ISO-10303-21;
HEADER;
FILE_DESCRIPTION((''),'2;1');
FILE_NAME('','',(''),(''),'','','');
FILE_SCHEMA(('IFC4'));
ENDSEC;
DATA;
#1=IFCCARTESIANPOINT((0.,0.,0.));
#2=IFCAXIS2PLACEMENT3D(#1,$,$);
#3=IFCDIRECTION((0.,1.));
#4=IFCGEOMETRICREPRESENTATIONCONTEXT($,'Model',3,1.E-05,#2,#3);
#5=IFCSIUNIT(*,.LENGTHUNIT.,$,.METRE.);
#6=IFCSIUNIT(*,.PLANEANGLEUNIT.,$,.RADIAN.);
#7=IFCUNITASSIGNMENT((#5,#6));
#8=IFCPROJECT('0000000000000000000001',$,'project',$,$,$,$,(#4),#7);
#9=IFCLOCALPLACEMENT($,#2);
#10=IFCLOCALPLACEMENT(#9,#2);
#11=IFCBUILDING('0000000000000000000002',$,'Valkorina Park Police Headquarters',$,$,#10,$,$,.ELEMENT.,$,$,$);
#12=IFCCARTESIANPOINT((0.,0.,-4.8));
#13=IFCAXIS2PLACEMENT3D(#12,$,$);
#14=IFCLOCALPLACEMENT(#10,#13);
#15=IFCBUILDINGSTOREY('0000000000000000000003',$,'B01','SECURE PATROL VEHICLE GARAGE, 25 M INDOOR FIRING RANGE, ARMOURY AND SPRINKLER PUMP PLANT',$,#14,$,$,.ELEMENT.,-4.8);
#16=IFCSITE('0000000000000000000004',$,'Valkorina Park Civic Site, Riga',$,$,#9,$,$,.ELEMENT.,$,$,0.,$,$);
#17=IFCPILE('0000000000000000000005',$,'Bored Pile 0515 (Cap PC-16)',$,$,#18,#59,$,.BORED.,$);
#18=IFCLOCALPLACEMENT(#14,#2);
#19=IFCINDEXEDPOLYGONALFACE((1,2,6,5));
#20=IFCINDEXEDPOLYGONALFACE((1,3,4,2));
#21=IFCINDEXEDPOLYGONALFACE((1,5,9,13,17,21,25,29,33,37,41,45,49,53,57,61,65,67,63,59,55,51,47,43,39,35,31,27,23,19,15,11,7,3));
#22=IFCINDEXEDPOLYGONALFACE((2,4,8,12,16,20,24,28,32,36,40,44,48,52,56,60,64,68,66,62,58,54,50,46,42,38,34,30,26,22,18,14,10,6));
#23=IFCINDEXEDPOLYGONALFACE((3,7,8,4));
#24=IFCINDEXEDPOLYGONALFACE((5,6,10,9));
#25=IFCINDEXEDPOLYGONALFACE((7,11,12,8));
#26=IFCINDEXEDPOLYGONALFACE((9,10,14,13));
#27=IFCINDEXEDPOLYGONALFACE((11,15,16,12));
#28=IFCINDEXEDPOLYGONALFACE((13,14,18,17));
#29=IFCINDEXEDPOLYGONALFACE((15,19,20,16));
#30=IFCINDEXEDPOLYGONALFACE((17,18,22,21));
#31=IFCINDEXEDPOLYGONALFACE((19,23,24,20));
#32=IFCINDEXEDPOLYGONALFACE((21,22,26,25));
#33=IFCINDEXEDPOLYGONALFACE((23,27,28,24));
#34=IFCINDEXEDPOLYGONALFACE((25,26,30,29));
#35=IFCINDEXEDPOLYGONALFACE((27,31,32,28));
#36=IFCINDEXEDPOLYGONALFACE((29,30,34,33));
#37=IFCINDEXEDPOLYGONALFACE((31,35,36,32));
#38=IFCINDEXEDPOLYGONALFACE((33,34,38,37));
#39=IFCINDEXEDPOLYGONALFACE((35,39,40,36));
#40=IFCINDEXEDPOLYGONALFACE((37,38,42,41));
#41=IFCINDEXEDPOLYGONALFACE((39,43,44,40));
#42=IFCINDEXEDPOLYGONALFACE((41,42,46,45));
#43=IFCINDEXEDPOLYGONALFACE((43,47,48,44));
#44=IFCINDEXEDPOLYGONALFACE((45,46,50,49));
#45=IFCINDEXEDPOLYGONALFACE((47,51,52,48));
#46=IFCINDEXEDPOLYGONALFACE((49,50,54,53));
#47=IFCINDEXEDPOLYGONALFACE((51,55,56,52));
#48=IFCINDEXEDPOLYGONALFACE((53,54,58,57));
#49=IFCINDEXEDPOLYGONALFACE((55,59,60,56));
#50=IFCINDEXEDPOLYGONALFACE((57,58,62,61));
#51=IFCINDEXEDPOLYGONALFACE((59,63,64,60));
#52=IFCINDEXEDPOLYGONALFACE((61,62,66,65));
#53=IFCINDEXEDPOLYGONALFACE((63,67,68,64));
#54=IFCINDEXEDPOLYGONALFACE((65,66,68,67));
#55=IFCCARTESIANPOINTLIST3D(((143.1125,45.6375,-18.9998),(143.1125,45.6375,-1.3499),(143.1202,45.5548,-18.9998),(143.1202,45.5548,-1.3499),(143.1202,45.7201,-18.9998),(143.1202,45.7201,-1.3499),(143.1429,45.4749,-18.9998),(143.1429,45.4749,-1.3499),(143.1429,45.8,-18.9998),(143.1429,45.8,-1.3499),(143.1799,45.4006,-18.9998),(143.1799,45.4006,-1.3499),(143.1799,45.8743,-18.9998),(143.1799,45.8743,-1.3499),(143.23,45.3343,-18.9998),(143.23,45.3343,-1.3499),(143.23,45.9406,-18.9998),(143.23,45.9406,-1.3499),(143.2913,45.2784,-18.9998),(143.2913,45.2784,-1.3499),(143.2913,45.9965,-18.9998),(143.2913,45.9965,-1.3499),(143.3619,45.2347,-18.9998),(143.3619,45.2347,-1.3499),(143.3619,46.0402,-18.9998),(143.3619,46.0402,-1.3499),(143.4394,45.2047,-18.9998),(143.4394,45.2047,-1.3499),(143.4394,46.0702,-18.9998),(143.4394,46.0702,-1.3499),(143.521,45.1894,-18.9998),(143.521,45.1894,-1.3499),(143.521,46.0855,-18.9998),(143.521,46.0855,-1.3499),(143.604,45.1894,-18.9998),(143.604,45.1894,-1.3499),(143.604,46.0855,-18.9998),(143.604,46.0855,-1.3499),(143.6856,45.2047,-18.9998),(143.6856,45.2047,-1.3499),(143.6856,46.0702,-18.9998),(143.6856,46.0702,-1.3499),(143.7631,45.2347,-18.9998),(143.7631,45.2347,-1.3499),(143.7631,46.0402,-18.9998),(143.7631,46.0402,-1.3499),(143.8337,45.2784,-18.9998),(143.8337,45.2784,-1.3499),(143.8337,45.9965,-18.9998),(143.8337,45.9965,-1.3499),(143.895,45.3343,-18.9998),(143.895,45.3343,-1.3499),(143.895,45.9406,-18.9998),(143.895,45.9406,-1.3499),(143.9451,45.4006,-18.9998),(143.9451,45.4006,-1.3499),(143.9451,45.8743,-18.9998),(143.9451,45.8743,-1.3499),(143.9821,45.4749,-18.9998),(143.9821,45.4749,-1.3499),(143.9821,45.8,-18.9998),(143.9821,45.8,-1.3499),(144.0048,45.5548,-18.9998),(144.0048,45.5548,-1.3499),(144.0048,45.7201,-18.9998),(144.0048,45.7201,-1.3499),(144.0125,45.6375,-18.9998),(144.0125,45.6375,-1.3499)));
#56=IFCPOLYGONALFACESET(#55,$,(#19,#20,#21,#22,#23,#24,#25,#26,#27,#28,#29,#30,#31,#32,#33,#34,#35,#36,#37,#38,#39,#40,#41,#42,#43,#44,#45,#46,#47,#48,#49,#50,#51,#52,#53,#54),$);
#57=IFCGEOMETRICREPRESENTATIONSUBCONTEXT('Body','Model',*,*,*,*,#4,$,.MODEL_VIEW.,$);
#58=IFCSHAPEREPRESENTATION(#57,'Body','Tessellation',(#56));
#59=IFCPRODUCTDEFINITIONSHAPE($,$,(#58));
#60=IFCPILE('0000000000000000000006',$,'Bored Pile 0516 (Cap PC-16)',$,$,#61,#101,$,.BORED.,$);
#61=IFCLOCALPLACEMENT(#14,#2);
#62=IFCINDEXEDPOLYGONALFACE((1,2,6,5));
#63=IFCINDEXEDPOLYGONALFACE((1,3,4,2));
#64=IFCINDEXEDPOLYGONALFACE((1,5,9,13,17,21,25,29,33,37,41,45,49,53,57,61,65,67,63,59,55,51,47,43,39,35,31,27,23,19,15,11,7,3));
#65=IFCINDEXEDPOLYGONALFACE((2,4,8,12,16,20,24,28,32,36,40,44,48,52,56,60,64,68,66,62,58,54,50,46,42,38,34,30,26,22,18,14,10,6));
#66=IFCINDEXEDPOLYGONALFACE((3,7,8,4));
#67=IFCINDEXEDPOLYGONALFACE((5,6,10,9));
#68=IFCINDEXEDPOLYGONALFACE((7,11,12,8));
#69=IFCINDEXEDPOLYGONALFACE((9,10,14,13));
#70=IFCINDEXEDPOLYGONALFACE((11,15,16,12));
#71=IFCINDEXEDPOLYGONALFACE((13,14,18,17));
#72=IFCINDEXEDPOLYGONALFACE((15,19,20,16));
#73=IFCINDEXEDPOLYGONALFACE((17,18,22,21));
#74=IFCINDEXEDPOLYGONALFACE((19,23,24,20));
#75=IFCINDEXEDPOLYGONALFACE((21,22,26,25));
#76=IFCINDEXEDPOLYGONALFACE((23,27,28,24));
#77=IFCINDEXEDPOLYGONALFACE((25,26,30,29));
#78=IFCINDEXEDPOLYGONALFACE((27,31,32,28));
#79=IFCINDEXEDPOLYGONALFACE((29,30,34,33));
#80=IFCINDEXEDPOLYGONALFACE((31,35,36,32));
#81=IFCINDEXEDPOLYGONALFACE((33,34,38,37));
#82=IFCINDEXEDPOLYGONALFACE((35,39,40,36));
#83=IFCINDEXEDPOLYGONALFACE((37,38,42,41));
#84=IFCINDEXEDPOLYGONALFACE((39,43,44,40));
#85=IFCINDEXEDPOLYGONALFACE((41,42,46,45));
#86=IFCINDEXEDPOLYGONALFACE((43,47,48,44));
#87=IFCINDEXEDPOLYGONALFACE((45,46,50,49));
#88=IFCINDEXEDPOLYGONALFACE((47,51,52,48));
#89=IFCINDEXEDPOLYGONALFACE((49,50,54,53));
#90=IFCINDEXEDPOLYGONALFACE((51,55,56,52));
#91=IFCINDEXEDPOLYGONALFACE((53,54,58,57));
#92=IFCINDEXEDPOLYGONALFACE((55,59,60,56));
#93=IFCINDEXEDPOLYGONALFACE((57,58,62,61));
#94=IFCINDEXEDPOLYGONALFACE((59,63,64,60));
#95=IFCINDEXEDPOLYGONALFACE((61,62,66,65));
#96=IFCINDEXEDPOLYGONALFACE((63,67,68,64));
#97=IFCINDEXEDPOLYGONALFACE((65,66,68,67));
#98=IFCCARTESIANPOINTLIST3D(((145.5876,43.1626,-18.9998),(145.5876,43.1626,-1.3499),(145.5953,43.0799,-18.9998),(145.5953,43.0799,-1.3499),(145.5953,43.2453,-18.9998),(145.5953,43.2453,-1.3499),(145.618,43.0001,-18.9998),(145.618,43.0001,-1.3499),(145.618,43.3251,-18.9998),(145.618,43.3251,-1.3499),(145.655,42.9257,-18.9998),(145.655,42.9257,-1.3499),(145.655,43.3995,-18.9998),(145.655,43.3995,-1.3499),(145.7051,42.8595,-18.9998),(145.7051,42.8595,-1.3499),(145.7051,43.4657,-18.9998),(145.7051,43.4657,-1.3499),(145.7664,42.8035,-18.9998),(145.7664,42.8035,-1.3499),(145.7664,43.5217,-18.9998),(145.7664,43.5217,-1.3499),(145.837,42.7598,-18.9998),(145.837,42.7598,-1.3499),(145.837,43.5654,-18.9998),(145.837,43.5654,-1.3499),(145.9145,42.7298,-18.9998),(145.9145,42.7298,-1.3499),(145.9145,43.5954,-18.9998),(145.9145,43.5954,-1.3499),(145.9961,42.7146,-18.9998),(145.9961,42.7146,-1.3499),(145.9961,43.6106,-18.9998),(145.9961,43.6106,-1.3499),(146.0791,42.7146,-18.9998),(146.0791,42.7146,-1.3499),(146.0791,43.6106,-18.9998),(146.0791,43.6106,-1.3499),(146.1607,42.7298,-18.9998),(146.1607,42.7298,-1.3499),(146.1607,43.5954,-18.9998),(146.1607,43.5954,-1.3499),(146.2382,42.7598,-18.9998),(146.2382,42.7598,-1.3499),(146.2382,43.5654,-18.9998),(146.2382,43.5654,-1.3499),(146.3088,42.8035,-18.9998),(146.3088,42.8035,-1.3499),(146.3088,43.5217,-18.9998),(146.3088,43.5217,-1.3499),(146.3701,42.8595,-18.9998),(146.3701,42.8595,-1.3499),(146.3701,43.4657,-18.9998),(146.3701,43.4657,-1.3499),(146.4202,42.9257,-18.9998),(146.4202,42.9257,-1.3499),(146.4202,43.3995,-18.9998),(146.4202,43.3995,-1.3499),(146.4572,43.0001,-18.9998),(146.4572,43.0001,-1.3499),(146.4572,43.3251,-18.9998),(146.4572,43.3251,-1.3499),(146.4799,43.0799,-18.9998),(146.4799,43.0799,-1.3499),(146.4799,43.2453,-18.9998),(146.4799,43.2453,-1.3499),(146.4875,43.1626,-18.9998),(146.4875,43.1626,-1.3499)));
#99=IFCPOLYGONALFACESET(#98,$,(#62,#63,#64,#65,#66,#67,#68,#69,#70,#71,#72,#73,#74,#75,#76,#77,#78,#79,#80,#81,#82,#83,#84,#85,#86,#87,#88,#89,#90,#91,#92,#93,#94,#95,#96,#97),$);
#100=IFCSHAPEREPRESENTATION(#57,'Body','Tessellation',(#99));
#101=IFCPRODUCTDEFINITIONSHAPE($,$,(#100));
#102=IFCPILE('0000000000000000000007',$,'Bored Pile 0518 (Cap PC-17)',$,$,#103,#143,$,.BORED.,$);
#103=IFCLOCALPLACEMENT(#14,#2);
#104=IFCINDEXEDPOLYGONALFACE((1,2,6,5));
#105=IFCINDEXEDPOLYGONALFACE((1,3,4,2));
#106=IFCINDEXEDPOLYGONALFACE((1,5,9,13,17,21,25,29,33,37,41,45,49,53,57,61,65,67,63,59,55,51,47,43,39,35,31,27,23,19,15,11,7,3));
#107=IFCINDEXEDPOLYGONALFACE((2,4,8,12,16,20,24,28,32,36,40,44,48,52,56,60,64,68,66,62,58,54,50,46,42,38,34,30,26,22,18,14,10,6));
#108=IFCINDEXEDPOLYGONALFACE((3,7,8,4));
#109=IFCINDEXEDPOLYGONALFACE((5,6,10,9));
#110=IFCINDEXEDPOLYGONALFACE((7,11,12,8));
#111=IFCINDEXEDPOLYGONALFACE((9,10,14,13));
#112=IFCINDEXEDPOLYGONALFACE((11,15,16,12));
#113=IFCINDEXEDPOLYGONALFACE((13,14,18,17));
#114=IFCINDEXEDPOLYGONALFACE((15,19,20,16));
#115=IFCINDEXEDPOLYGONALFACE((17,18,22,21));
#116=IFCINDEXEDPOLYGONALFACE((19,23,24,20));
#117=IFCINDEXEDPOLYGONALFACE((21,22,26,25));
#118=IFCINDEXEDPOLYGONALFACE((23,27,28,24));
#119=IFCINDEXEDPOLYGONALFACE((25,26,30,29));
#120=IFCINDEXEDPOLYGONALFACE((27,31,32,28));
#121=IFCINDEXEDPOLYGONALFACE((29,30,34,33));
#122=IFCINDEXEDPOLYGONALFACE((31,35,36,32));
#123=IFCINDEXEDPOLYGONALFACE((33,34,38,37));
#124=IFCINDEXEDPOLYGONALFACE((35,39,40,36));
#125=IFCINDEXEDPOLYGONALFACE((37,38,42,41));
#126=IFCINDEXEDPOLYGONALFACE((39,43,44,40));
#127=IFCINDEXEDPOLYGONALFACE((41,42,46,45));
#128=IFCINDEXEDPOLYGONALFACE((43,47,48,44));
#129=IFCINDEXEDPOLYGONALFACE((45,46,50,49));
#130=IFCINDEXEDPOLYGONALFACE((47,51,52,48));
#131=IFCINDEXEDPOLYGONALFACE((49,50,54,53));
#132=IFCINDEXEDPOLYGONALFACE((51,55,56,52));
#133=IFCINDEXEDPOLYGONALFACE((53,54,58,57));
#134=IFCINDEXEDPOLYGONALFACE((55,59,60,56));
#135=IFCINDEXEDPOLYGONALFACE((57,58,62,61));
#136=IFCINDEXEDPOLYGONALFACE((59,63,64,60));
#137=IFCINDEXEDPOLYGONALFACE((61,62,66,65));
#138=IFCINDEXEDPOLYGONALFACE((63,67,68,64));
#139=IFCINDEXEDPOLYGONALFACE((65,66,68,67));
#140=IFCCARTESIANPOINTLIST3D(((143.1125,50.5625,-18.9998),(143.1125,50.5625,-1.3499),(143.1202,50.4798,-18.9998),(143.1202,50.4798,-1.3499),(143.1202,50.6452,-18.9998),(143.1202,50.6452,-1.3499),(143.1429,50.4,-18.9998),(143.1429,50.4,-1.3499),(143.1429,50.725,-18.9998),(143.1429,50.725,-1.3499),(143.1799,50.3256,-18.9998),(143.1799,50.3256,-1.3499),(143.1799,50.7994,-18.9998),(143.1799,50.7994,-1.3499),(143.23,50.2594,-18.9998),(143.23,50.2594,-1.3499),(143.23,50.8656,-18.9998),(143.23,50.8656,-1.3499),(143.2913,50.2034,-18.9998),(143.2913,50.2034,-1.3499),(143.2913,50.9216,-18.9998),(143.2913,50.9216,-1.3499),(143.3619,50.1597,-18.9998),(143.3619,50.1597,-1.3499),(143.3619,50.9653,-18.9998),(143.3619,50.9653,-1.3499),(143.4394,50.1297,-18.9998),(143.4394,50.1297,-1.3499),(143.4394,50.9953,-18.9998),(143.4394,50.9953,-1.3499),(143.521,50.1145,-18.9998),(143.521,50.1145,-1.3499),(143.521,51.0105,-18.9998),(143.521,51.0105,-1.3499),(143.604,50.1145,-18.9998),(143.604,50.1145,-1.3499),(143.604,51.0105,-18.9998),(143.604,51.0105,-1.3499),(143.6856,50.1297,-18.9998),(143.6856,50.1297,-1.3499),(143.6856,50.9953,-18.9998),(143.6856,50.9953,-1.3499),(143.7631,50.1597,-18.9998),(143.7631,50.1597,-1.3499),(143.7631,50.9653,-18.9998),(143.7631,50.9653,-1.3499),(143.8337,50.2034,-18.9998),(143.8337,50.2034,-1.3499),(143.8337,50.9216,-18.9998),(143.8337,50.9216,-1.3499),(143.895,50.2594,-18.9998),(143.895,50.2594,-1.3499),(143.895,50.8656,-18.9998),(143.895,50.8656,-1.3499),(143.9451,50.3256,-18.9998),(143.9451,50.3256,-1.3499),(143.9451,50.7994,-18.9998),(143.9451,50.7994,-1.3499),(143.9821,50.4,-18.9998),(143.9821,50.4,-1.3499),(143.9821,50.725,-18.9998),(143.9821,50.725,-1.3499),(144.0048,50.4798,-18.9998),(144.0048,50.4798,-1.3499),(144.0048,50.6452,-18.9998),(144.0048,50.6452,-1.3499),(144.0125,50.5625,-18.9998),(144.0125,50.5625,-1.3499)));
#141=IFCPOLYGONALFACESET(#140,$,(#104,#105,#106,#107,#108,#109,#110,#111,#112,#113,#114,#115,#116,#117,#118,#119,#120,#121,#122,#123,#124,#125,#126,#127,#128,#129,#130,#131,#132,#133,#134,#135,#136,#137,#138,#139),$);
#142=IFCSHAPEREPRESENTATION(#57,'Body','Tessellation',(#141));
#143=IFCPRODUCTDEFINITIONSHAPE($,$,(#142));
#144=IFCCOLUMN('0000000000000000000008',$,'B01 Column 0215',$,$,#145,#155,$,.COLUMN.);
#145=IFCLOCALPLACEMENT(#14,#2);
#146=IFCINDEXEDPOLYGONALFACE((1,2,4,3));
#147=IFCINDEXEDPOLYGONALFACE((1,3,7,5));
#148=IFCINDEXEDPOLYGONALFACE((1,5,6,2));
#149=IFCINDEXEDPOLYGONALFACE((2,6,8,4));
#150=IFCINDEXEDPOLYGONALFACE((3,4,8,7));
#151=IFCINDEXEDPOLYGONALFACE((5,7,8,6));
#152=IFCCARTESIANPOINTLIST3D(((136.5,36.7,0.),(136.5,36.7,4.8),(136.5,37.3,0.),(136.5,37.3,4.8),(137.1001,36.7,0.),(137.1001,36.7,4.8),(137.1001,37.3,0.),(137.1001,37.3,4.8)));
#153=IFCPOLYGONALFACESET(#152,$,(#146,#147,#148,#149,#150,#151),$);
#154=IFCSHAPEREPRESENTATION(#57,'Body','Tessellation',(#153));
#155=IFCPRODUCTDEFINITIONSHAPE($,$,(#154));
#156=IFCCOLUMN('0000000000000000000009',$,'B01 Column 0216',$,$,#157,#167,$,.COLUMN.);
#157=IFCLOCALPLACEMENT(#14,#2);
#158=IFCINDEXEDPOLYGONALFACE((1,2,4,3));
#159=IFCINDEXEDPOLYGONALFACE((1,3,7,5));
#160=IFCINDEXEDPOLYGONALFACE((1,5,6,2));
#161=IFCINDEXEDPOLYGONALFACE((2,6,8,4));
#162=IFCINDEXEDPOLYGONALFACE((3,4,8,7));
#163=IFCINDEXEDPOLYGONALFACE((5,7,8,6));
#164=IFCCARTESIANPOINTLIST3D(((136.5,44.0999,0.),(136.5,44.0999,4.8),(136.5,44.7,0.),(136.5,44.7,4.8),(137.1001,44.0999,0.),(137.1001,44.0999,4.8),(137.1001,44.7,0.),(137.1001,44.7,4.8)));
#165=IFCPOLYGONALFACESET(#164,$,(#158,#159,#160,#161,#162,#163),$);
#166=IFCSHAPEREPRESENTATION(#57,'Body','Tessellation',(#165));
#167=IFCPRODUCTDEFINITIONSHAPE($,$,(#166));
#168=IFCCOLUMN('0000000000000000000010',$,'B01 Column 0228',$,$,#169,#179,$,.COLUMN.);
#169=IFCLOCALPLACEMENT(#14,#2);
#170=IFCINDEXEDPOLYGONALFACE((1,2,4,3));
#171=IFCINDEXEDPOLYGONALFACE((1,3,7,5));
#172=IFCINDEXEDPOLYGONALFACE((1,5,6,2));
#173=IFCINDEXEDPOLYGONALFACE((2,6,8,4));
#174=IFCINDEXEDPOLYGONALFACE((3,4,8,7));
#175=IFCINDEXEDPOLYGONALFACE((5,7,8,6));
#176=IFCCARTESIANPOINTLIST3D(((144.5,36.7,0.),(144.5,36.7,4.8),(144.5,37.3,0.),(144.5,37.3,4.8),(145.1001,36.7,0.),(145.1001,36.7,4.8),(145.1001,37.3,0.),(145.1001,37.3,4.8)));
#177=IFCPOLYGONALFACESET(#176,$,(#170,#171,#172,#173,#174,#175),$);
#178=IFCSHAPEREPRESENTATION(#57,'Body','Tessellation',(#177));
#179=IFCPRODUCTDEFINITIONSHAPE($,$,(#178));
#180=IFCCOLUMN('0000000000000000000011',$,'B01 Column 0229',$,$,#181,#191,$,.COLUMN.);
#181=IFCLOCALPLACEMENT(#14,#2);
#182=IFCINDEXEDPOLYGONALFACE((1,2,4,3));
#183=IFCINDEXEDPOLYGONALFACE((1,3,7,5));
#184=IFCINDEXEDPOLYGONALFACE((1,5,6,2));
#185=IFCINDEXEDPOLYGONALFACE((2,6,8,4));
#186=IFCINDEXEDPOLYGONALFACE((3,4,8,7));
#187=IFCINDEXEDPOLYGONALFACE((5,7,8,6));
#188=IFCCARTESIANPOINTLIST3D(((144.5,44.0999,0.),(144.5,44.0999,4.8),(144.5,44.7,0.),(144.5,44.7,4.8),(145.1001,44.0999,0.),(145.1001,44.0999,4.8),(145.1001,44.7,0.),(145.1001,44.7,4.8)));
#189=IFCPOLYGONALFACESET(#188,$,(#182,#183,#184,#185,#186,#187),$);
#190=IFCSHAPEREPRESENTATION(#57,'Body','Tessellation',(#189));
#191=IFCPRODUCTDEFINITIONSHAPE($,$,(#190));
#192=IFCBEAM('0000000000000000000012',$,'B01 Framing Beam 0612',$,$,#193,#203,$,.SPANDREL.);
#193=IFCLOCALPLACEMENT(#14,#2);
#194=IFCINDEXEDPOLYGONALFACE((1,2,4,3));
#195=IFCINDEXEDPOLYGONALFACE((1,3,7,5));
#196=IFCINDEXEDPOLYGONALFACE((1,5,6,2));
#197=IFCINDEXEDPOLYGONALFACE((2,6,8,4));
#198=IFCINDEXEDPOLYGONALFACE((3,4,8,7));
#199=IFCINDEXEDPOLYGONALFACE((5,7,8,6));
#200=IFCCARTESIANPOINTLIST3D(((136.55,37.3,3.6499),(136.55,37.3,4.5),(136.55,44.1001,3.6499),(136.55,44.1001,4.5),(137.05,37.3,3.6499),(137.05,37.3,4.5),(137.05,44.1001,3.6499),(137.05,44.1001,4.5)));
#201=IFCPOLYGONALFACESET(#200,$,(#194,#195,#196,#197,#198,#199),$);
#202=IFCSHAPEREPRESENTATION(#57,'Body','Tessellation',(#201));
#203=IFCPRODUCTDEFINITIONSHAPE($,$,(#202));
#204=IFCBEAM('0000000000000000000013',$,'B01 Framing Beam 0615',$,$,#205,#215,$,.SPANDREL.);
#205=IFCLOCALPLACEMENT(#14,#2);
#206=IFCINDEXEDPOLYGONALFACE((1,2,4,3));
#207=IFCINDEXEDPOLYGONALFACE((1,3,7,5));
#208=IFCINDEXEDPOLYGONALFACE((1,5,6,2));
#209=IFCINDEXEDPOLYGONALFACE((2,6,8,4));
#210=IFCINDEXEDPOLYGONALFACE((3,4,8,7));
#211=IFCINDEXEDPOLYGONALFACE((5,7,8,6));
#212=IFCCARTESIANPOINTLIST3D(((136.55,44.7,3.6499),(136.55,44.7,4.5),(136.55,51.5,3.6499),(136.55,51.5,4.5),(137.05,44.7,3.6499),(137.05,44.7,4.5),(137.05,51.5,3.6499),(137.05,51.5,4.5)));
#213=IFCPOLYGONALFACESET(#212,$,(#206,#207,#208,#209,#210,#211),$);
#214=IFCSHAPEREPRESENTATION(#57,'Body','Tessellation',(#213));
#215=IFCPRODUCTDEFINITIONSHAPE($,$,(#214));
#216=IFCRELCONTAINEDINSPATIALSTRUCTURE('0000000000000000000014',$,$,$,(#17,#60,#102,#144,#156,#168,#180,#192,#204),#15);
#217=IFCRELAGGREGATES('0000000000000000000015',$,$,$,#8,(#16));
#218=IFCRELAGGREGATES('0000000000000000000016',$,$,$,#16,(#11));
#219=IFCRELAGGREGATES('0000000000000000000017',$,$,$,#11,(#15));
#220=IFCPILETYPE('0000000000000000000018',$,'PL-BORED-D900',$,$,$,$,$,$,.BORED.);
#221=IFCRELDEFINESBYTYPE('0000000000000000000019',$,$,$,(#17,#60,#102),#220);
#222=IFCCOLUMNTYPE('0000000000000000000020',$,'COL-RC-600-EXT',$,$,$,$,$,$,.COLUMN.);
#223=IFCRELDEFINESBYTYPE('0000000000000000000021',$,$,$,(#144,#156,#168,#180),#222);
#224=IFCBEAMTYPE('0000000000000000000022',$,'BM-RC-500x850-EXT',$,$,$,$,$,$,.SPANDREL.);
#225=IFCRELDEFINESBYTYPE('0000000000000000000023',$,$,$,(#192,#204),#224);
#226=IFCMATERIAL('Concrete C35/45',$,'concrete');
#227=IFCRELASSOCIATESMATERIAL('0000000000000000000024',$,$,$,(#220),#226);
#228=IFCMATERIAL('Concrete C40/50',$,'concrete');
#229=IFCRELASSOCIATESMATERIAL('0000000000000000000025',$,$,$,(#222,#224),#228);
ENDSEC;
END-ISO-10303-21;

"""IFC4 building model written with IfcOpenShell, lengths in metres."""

from ifc_helpers import new_model, si_unit, direction, frame, origin, origin_2d, place, context, subcontext, project, spatial, rectangle, circle, extrude, material, material_profile, profile_set, type_object, element, save


model = new_model("IFC4")

# Units and contexts
model_context = context("Model", 3, precision=1e-05, world=origin(), true_north=direction((0.0, 1.0)))
body_context = subcontext(model_context, "Body", "Model", "MODEL_VIEW")
ifc_project = project(units=[si_unit("LENGTHUNIT", "METRE"), si_unit("PLANEANGLEUNIT", "RADIAN")], contexts=[model_context])

# Site, building, storey
site_placement = place(None, origin())
site = spatial("IfcSite", under=ifc_project, at=site_placement, Name="Valkorina Park Civic Site, Riga", CompositionType="ELEMENT", RefElevation=0.0)
building_placement = place(site_placement, origin())
building = spatial("IfcBuilding", under=site, at=building_placement, Name="Valkorina Park Police Headquarters", CompositionType="ELEMENT")
storey_placement = place(building_placement, frame((0.0, 0.0, -4.8)))
storey = spatial("IfcBuildingStorey", under=building, at=storey_placement, Name="B01", Description="SECURE PATROL VEHICLE GARAGE, 25 M INDOOR FIRING RANGE, ARMOURY AND SPRINKLER PUMP PLANT", CompositionType="ELEMENT", Elevation=-4.8)

# Shared definitions
ifc_material_1 = material(Name="Concrete C40/50", Category="concrete")

# Piles
ifc_material_2 = material(Name="Concrete C35/45", Category="concrete")
ifc_material_profile_1 = material_profile(ifc_material_2, circle(Radius=0.45, at=origin_2d()), Name="BORED PILE D900")
ifc_profile_set_1 = profile_set([ifc_material_profile_1], Name="Concrete C35/45")
pile_type_1 = type_object("IfcPileType", Name="PL-BORED-D900", PredefinedType="BORED", material=ifc_profile_set_1)
for number, where, z_axis, x_axis, name in (
    (1, (143.5625, 45.6375, -1.3499), (0.0, 0.0, -1.0), (1.0, 0.0, 0.0), "Bored Pile 0515 (Cap PC-16)"),
    (2, (146.0376, 43.1626, -1.3499), (0.0, 0.0, -1.0), (1.0, 0.0, 0.0), "Bored Pile 0516 (Cap PC-16)"),
    (3, (143.5625, 50.5625, -1.3499), (0.0, 0.0, -1.0), (1.0, 0.0, 0.0), "Bored Pile 0518 (Cap PC-17)"),
):
    element("IfcPile", number, at=place(storey_placement, frame(where, z_axis=z_axis, x_axis=x_axis)), inside=storey, type_object=pile_type_1, Name=name, PredefinedType="BORED", context=body_context, shape_type="SweptSolid", body=[
        extrude(circle(Radius=0.45, at=origin_2d()), origin(), (0.0, 0.0, 1.0), 17.6499),
    ])

# Columns
ifc_material_profile_2 = material_profile(ifc_material_1, rectangle(XDim=0.6001, YDim=0.6001, at=origin_2d()), Name="RC COL 600x600")
ifc_profile_set_2 = profile_set([ifc_material_profile_2], Name="Concrete C40/50")
column_type = type_object("IfcColumnType", Name="COL-RC-600-EXT", PredefinedType="COLUMN", material=ifc_profile_set_2)
for number, where, z_axis, x_axis, name in (
    (4, (136.8, 37.0, 0.0), (0.0, 0.0, 1.0), (1.0, 0.0, 0.0), "B01 Column 0215"),
    (5, (136.8, 44.3999, 0.0), (0.0, 0.0, 1.0), (1.0, 0.0, 0.0), "B01 Column 0216"),
    (6, (144.8, 37.0, 0.0), (0.0, 0.0, 1.0), (1.0, 0.0, 0.0), "B01 Column 0228"),
    (7, (144.8, 44.3999, 0.0), (0.0, 0.0, 1.0), (1.0, 0.0, 0.0), "B01 Column 0229"),
):
    element("IfcColumn", number, at=place(storey_placement, frame(where, z_axis=z_axis, x_axis=x_axis)), inside=storey, type_object=column_type, Name=name, PredefinedType="COLUMN", context=body_context, shape_type="SweptSolid", body=[
        extrude(rectangle(XDim=0.6001, YDim=0.6001, at=origin_2d()), origin(), (0.0, 0.0, 1.0), 4.8),
    ])

# Beams
ifc_material_profile_3 = material_profile(ifc_material_1, rectangle(XDim=0.5, YDim=0.8501, at=origin_2d()), Name="RC BEAM 500x850")
ifc_profile_set_3 = profile_set([ifc_material_profile_3], Name="Concrete C40/50")
beam_type_1 = type_object("IfcBeamType", Name="BM-RC-500x850-EXT", PredefinedType="SPANDREL", material=ifc_profile_set_3)
for number, where, z_axis, x_axis, name in (
    (8, (136.8, 37.3, 4.075), (0.0, 1.0, 0.0), (-1.0, 0.0, 0.0), "B01 Framing Beam 0612"),
    (9, (136.8, 44.7, 4.075), (0.0, 1.0, 0.0), (-1.0, 0.0, 0.0), "B01 Framing Beam 0615"),
):
    element("IfcBeam", number, at=place(storey_placement, frame(where, z_axis=z_axis, x_axis=x_axis)), inside=storey, type_object=beam_type_1, Name=name, PredefinedType="SPANDREL", context=body_context, shape_type="SweptSolid", body=[
        extrude(rectangle(XDim=0.5, YDim=0.8501, at=origin_2d()), origin(), (0.0, 0.0, 1.0), 6.8),
    ])

save(model, "model.ifc")
